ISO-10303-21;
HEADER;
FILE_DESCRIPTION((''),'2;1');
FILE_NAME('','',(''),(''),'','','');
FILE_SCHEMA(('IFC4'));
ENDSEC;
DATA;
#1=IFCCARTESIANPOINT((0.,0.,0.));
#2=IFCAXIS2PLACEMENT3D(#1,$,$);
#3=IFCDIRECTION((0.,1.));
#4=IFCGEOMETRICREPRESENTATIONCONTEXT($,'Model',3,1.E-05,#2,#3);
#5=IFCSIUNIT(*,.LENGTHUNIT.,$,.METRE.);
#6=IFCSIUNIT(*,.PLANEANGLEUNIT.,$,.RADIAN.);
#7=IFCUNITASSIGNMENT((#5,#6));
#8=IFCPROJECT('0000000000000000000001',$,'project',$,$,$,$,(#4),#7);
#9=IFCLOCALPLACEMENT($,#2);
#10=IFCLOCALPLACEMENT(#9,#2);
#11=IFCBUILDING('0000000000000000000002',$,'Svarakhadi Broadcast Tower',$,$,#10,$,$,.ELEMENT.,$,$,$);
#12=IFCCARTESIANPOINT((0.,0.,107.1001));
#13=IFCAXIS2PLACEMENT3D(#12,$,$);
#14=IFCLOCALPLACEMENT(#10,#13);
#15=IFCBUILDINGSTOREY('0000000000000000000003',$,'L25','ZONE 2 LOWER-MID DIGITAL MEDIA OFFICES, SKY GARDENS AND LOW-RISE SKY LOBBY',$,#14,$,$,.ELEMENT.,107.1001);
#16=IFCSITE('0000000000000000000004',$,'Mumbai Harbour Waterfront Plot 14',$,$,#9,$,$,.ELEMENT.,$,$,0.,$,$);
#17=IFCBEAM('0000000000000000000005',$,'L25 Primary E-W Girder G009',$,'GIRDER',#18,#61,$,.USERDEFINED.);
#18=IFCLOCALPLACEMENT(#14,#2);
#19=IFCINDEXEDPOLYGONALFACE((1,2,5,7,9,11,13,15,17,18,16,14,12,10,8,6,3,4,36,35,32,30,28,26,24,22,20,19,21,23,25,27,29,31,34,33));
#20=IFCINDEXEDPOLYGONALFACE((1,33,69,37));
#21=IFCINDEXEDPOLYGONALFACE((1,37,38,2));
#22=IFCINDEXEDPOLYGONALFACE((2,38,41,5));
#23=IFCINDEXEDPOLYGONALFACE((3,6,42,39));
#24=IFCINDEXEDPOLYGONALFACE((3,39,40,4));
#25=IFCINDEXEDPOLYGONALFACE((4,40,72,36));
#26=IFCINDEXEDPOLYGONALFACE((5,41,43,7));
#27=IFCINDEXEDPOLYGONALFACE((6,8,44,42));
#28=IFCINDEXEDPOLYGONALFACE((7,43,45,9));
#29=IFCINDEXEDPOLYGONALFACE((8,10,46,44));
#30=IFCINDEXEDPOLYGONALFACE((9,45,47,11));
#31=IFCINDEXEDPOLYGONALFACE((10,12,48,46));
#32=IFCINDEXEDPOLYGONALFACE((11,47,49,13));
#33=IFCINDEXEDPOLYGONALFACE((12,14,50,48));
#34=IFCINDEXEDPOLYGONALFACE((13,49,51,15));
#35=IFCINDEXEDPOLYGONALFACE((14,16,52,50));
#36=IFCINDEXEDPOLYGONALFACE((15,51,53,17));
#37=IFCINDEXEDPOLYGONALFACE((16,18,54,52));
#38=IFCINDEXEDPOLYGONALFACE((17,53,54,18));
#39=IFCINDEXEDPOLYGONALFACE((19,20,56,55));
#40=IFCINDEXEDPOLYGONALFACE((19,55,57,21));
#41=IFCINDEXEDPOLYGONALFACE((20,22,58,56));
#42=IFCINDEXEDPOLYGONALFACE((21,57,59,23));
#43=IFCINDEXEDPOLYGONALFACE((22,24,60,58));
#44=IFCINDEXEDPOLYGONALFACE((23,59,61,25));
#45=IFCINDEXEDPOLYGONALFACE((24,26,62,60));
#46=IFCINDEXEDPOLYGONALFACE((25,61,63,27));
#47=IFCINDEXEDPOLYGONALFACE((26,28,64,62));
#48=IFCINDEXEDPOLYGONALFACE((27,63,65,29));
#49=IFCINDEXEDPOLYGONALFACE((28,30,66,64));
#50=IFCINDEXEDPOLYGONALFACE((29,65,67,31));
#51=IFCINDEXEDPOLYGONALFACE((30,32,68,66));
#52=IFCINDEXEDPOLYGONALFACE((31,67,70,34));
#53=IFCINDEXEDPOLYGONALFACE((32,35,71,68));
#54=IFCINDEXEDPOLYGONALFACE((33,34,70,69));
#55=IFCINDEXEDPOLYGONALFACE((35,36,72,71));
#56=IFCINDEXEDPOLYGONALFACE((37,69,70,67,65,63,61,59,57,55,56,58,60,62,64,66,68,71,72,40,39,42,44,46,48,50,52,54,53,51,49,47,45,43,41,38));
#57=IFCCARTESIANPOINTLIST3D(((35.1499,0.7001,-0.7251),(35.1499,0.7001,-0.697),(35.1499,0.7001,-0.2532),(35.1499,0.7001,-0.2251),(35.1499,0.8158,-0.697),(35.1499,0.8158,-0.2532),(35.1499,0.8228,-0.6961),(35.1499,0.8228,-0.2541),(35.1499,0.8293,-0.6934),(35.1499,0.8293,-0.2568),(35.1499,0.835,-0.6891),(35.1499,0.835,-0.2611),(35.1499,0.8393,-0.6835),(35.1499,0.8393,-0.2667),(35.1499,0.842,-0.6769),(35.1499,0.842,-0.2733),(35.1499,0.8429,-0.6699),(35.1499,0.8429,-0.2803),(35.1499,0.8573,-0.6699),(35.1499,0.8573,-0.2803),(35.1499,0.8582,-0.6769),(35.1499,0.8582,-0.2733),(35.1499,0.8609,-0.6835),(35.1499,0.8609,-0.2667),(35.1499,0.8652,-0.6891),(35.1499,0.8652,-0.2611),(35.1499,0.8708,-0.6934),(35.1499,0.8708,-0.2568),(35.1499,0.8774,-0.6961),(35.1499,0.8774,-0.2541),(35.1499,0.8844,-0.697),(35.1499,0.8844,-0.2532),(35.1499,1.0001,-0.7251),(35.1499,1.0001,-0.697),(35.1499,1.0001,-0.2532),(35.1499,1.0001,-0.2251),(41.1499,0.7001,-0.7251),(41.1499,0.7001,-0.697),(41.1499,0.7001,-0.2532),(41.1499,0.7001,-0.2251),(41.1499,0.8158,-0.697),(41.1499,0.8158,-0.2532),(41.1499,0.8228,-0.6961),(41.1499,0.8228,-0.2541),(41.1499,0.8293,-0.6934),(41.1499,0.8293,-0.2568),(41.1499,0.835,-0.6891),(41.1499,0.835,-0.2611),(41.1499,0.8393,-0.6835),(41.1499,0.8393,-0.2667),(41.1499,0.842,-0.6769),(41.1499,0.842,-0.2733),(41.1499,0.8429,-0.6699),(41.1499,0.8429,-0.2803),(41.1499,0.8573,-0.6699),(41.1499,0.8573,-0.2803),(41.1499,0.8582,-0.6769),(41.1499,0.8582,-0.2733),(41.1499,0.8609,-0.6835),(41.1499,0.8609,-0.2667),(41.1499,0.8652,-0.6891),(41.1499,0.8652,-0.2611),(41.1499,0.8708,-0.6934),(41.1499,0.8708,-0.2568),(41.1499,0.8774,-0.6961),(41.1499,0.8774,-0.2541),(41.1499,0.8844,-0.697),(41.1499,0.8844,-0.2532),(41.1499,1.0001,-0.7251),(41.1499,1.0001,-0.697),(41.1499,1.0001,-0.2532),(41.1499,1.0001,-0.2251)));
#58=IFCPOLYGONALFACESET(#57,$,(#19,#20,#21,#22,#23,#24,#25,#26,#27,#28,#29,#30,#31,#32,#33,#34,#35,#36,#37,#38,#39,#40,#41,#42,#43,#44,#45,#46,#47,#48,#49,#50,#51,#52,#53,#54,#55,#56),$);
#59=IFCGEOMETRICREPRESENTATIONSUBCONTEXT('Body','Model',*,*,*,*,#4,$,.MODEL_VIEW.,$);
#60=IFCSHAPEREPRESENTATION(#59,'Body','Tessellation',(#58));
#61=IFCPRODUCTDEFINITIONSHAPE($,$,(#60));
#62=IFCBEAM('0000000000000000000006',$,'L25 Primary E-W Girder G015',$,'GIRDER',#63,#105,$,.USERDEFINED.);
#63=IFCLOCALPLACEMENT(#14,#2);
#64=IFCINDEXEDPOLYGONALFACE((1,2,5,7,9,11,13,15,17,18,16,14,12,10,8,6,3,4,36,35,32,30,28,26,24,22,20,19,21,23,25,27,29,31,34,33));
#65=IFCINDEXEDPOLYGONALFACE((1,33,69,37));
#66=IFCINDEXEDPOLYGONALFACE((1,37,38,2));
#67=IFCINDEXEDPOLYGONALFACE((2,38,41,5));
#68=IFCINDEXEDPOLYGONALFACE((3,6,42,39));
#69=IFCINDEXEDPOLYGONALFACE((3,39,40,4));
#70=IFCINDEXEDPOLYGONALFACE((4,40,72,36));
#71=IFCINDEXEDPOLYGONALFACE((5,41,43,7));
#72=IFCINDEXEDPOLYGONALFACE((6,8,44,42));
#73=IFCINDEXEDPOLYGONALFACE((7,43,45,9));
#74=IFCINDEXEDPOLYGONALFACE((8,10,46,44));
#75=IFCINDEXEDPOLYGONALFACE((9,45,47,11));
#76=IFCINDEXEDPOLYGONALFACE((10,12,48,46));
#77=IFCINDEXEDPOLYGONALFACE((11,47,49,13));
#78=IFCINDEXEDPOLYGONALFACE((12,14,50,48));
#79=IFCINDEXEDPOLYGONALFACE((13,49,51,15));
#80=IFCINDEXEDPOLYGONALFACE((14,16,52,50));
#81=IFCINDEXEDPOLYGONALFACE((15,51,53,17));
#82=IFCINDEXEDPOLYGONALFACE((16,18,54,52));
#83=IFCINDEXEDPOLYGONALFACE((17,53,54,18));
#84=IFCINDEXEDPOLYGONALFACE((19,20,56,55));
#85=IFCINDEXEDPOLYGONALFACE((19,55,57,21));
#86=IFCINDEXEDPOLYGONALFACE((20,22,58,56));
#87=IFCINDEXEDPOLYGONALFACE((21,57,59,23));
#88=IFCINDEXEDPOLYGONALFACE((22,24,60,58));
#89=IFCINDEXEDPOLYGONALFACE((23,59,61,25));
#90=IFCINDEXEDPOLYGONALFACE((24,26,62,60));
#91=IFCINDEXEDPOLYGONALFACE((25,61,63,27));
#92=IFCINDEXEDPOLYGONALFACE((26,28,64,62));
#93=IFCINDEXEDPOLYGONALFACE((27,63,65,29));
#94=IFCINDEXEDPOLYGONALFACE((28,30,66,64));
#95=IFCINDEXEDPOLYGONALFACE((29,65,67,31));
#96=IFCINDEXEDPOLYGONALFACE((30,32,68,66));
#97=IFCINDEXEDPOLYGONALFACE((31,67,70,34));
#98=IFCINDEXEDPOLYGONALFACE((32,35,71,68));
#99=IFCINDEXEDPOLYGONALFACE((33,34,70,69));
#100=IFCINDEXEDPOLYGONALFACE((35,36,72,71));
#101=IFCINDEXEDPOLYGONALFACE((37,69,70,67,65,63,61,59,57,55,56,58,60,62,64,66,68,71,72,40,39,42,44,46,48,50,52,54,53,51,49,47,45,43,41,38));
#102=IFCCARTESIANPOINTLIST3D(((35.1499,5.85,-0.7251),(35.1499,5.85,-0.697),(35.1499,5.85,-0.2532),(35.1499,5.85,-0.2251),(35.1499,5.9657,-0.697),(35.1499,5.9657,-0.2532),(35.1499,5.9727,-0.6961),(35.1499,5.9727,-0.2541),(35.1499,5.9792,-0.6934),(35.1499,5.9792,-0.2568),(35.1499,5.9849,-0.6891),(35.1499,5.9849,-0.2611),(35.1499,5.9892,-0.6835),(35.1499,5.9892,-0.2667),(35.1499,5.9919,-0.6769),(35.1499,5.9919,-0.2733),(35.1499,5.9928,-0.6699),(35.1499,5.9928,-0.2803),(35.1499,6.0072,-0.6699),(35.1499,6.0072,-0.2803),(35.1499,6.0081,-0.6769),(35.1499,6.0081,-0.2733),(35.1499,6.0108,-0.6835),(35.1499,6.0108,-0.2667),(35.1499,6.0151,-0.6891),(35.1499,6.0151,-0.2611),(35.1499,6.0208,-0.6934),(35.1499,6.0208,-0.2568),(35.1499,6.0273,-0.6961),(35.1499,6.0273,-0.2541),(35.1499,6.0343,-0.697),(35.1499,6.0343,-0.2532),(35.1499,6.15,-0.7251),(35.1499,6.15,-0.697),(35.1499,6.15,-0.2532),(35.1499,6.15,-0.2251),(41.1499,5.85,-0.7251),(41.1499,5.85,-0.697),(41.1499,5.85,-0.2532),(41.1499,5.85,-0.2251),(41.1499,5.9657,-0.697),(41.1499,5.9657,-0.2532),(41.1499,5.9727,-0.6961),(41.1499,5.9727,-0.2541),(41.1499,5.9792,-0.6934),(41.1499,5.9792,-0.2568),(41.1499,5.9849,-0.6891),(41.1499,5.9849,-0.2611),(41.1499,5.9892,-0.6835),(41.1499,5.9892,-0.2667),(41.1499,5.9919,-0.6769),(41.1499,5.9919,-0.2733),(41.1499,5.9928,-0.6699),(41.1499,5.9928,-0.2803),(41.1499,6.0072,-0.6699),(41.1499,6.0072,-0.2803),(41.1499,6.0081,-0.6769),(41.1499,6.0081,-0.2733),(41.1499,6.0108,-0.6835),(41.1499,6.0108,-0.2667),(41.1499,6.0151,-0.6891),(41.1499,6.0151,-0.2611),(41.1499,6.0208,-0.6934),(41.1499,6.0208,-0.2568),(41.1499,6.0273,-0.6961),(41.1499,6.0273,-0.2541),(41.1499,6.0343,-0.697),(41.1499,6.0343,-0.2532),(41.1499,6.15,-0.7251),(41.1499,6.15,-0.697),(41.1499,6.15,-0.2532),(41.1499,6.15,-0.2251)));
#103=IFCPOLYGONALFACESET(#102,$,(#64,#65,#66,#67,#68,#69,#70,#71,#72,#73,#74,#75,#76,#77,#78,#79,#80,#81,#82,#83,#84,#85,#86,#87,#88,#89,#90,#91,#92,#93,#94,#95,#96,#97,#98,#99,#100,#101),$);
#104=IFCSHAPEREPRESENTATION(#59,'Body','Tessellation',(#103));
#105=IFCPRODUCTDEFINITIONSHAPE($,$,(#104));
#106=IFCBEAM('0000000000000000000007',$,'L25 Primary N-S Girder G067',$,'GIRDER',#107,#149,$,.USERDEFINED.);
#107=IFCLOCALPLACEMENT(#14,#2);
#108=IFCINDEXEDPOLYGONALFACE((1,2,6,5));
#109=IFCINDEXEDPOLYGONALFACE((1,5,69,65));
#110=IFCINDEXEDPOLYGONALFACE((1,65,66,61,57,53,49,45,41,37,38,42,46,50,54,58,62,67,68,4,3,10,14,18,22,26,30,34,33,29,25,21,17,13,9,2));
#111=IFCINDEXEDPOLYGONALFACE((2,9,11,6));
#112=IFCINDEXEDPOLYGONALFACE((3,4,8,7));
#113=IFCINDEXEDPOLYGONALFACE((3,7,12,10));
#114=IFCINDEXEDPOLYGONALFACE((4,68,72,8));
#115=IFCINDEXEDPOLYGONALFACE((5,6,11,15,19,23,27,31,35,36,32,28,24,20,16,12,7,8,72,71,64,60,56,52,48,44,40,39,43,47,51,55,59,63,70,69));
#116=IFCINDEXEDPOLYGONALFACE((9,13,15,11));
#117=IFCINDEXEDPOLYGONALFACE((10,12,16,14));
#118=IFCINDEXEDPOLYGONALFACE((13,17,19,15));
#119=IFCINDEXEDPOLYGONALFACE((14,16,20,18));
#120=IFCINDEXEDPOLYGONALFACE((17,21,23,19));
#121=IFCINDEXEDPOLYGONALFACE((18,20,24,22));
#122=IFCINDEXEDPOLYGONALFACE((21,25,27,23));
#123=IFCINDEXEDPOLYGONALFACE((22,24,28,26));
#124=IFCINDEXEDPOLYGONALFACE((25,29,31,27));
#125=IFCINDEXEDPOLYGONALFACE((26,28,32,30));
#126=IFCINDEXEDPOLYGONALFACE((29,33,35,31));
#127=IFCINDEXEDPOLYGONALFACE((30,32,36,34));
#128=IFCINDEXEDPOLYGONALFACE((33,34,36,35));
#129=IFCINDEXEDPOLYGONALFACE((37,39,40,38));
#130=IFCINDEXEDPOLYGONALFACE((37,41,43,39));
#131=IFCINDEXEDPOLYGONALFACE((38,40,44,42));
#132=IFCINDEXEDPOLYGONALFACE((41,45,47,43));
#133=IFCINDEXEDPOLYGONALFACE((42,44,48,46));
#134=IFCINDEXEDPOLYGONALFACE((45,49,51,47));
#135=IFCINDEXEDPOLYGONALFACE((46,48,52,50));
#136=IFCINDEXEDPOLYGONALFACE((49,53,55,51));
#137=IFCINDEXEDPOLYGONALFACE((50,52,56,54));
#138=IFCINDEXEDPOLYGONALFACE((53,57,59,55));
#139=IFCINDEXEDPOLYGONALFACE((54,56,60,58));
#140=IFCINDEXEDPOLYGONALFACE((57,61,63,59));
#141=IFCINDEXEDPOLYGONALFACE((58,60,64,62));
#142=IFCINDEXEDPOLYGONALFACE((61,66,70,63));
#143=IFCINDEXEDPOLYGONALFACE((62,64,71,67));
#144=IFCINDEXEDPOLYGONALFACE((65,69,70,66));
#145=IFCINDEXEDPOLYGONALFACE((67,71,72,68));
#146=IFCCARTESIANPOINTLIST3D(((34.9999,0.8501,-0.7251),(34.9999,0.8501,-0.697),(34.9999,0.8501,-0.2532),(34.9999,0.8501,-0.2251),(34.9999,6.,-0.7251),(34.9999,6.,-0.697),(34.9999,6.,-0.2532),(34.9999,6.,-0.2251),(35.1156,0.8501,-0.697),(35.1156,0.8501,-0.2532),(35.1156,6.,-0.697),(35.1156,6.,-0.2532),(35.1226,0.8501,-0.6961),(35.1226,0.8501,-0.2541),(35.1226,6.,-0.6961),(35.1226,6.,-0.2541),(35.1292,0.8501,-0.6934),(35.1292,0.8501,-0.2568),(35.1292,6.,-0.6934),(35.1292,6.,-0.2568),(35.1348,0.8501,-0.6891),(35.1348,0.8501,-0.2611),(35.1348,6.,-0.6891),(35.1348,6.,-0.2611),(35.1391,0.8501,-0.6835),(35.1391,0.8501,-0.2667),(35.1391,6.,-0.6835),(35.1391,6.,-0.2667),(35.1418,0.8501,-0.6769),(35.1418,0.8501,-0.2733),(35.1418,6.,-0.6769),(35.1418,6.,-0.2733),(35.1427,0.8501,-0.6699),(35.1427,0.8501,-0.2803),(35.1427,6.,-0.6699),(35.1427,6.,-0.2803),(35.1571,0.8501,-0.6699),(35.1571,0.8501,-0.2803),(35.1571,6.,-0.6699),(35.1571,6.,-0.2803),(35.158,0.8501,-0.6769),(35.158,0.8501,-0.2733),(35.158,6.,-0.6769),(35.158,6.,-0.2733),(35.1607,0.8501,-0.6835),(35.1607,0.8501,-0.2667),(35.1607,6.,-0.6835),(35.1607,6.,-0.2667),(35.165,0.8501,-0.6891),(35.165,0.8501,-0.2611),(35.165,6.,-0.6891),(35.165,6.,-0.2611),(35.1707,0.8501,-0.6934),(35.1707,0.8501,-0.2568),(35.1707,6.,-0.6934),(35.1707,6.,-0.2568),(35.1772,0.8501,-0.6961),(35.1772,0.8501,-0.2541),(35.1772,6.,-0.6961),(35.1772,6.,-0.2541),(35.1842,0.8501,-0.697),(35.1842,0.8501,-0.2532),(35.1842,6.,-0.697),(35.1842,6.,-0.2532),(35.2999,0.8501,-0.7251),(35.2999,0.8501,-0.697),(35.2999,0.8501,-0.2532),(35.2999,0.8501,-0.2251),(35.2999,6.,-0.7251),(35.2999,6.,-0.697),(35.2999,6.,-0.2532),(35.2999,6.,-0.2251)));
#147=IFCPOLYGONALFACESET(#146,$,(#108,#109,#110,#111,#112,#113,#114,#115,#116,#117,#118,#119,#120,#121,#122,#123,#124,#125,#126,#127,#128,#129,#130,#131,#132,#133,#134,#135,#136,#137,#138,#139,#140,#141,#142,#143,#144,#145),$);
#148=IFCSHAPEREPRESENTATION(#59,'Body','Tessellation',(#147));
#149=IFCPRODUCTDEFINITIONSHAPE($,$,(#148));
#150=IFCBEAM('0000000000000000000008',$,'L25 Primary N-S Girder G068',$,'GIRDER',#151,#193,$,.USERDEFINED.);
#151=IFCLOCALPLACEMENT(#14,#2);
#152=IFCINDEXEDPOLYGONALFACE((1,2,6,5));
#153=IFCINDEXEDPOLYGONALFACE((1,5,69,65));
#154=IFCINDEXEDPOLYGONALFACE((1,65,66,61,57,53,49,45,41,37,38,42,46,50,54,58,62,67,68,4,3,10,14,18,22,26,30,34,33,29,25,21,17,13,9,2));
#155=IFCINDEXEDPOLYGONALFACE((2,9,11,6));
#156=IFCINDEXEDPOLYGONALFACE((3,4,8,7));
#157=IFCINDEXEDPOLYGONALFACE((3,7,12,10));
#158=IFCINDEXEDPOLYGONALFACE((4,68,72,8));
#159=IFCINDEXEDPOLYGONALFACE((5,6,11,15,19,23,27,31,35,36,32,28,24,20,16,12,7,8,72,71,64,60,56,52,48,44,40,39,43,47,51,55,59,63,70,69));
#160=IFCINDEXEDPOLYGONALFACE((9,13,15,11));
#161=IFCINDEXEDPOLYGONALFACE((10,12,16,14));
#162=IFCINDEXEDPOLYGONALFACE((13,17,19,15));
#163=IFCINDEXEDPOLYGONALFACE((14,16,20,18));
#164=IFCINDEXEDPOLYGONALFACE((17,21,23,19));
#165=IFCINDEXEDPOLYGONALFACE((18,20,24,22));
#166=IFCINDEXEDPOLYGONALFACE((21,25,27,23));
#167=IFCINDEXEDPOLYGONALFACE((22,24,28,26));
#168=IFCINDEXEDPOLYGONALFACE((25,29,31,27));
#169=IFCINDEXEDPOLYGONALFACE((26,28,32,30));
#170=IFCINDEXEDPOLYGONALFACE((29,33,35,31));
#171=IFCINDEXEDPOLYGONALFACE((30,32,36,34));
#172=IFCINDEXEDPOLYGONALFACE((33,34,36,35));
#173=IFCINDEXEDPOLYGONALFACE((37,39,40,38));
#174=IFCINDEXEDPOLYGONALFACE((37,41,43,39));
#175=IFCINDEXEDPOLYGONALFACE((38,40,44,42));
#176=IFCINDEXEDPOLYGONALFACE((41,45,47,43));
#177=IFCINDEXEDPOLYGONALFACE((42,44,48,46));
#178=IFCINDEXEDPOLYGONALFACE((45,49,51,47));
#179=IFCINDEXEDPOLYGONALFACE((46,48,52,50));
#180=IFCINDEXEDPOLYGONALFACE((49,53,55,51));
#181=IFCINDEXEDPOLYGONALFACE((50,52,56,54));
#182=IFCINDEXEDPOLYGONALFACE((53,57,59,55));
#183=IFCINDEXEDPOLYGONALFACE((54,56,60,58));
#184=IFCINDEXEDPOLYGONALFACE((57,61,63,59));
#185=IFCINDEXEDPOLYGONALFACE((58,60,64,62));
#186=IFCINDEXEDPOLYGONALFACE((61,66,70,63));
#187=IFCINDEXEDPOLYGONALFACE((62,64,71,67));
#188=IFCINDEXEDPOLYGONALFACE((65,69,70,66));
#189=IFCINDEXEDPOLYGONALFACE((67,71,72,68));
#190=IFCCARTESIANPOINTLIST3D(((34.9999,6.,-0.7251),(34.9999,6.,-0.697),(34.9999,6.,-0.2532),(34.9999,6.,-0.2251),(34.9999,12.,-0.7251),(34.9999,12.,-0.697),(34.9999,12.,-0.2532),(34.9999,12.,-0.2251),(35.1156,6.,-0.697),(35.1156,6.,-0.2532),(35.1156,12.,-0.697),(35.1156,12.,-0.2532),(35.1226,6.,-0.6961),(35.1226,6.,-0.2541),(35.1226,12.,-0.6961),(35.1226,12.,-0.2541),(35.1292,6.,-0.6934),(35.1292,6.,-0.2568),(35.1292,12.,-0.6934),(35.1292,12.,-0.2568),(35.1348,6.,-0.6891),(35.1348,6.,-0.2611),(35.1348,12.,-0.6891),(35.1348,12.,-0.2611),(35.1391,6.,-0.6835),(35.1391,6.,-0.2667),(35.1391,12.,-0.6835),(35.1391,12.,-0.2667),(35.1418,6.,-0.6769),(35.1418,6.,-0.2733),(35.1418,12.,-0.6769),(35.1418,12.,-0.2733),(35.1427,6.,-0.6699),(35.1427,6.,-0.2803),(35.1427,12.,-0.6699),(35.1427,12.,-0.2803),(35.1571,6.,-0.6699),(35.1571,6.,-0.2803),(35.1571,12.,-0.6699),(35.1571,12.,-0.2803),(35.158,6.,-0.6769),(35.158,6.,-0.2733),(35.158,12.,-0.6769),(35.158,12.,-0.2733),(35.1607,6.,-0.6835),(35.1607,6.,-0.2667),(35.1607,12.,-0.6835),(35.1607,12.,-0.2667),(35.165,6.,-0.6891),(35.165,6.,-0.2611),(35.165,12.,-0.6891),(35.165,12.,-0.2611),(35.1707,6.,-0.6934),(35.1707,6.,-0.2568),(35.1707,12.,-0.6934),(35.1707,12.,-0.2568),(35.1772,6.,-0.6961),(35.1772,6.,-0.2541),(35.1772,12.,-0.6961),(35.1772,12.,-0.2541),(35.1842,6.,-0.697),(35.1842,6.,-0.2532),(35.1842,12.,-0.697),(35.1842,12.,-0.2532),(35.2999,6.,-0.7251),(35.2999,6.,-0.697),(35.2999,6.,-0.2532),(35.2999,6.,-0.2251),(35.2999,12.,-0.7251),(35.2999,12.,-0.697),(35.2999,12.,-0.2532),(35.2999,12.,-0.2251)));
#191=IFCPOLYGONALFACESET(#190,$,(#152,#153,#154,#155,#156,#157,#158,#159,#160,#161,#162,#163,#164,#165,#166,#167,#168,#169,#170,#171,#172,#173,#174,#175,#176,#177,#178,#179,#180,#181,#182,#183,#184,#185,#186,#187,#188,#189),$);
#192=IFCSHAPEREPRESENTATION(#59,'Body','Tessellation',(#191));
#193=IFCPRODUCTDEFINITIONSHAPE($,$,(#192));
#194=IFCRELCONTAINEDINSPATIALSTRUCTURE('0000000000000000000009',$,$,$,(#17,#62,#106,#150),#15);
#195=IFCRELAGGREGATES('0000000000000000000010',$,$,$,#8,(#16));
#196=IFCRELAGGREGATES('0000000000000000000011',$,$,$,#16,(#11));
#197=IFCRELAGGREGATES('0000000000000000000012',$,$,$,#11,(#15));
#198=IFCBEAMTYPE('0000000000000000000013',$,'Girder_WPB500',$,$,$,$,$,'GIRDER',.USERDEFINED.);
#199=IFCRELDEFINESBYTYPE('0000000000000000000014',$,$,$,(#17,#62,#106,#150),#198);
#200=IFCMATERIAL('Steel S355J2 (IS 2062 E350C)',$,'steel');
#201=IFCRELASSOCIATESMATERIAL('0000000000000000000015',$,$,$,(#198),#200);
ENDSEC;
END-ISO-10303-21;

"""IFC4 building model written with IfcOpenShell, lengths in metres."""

from ifc_helpers import new_model, si_unit, direction, frame, origin, origin_2d, place, context, subcontext, project, spatial, i_section, extrude, material, material_profile, profile_set, type_object, element, save


model = new_model("IFC4")

# Units and contexts
model_context = context("Model", 3, precision=1e-05, world=origin(), true_north=direction((0.0, 1.0)))
body_context = subcontext(model_context, "Body", "Model", "MODEL_VIEW")
ifc_project = project(units=[si_unit("LENGTHUNIT", "METRE"), si_unit("PLANEANGLEUNIT", "RADIAN")], contexts=[model_context])

# Site, building, storey
site_placement = place(None, origin())
site = spatial("IfcSite", under=ifc_project, at=site_placement, Name="Mumbai Harbour Waterfront Plot 14", CompositionType="ELEMENT", RefElevation=0.0)
building_placement = place(site_placement, origin())
building = spatial("IfcBuilding", under=site, at=building_placement, Name="Svarakhadi Broadcast Tower", CompositionType="ELEMENT")
storey_placement = place(building_placement, frame((0.0, 0.0, 107.1001)))
storey = spatial("IfcBuildingStorey", under=building, at=storey_placement, Name="L25", Description="ZONE 2 LOWER-MID DIGITAL MEDIA OFFICES, SKY GARDENS AND LOW-RISE SKY LOBBY", CompositionType="ELEMENT", Elevation=107.1001)

# Shared definitions
ifc_material_1 = material(Name="Steel S355J2 (IS 2062 E350C)", Category="steel")

# Beams
ifc_material_profile_1 = material_profile(ifc_material_1, i_section(OverallWidth=0.3, OverallDepth=0.5, WebThickness=0.0144, FlangeThickness=0.0281, FilletRadius=0.0271, at=origin_2d()), Name="WPB 500x300x187")
ifc_profile_set_1 = profile_set([ifc_material_profile_1], Name="Steel S355J2 (IS 2062 E350C)")
beam_type_1 = type_object("IfcBeamType", Name="Girder_WPB500", ElementType="GIRDER", PredefinedType="USERDEFINED", material=ifc_profile_set_1)
for number, where, z_axis, x_axis, name in (
    (1, (35.1499, 0.8501, -0.4751), (1.0, 0.0, 0.0), (0.0, 1.0, 0.0), "L25 Primary E-W Girder G009"),
    (2, (35.1499, 6.0, -0.4751), (1.0, 0.0, 0.0), (0.0, 1.0, 0.0), "L25 Primary E-W Girder G015"),
):
    element("IfcBeam", number, at=place(storey_placement, frame(where, z_axis=z_axis, x_axis=x_axis)), inside=storey, type_object=beam_type_1, Name=name, ObjectType="GIRDER", PredefinedType="USERDEFINED", context=body_context, shape_type="SweptSolid", body=[
        extrude(i_section(OverallWidth=0.3, OverallDepth=0.5, WebThickness=0.0144, FlangeThickness=0.0281, FilletRadius=0.0271, at=origin_2d()), origin(), (0.0, 0.0, 1.0), 6.0),
    ])
beam_1_placement = place(storey_placement, frame((35.1499, 0.8501, -0.4751), z_axis=(0.0, 1.0, 0.0), x_axis=(-1.0, 0.0, 0.0)))
element("IfcBeam", 3, at=beam_1_placement, inside=storey, type_object=beam_type_1, Name="L25 Primary N-S Girder G067", ObjectType="GIRDER", PredefinedType="USERDEFINED", context=body_context, shape_type="SweptSolid", body=[
    extrude(i_section(OverallWidth=0.3, OverallDepth=0.5, WebThickness=0.0144, FlangeThickness=0.0281, FilletRadius=0.0271, at=origin_2d()), origin(), (0.0, 0.0, 1.0), 5.1499),
])
beam_2_placement = place(storey_placement, frame((35.1499, 6.0, -0.4751), z_axis=(0.0, 1.0, 0.0), x_axis=(-1.0, 0.0, 0.0)))
element("IfcBeam", 4, at=beam_2_placement, inside=storey, type_object=beam_type_1, Name="L25 Primary N-S Girder G068", ObjectType="GIRDER", PredefinedType="USERDEFINED", context=body_context, shape_type="SweptSolid", body=[
    extrude(i_section(OverallWidth=0.3, OverallDepth=0.5, WebThickness=0.0144, FlangeThickness=0.0281, FilletRadius=0.0271, at=origin_2d()), origin(), (0.0, 0.0, 1.0), 6.0),
])

save(model, "model.ifc")
